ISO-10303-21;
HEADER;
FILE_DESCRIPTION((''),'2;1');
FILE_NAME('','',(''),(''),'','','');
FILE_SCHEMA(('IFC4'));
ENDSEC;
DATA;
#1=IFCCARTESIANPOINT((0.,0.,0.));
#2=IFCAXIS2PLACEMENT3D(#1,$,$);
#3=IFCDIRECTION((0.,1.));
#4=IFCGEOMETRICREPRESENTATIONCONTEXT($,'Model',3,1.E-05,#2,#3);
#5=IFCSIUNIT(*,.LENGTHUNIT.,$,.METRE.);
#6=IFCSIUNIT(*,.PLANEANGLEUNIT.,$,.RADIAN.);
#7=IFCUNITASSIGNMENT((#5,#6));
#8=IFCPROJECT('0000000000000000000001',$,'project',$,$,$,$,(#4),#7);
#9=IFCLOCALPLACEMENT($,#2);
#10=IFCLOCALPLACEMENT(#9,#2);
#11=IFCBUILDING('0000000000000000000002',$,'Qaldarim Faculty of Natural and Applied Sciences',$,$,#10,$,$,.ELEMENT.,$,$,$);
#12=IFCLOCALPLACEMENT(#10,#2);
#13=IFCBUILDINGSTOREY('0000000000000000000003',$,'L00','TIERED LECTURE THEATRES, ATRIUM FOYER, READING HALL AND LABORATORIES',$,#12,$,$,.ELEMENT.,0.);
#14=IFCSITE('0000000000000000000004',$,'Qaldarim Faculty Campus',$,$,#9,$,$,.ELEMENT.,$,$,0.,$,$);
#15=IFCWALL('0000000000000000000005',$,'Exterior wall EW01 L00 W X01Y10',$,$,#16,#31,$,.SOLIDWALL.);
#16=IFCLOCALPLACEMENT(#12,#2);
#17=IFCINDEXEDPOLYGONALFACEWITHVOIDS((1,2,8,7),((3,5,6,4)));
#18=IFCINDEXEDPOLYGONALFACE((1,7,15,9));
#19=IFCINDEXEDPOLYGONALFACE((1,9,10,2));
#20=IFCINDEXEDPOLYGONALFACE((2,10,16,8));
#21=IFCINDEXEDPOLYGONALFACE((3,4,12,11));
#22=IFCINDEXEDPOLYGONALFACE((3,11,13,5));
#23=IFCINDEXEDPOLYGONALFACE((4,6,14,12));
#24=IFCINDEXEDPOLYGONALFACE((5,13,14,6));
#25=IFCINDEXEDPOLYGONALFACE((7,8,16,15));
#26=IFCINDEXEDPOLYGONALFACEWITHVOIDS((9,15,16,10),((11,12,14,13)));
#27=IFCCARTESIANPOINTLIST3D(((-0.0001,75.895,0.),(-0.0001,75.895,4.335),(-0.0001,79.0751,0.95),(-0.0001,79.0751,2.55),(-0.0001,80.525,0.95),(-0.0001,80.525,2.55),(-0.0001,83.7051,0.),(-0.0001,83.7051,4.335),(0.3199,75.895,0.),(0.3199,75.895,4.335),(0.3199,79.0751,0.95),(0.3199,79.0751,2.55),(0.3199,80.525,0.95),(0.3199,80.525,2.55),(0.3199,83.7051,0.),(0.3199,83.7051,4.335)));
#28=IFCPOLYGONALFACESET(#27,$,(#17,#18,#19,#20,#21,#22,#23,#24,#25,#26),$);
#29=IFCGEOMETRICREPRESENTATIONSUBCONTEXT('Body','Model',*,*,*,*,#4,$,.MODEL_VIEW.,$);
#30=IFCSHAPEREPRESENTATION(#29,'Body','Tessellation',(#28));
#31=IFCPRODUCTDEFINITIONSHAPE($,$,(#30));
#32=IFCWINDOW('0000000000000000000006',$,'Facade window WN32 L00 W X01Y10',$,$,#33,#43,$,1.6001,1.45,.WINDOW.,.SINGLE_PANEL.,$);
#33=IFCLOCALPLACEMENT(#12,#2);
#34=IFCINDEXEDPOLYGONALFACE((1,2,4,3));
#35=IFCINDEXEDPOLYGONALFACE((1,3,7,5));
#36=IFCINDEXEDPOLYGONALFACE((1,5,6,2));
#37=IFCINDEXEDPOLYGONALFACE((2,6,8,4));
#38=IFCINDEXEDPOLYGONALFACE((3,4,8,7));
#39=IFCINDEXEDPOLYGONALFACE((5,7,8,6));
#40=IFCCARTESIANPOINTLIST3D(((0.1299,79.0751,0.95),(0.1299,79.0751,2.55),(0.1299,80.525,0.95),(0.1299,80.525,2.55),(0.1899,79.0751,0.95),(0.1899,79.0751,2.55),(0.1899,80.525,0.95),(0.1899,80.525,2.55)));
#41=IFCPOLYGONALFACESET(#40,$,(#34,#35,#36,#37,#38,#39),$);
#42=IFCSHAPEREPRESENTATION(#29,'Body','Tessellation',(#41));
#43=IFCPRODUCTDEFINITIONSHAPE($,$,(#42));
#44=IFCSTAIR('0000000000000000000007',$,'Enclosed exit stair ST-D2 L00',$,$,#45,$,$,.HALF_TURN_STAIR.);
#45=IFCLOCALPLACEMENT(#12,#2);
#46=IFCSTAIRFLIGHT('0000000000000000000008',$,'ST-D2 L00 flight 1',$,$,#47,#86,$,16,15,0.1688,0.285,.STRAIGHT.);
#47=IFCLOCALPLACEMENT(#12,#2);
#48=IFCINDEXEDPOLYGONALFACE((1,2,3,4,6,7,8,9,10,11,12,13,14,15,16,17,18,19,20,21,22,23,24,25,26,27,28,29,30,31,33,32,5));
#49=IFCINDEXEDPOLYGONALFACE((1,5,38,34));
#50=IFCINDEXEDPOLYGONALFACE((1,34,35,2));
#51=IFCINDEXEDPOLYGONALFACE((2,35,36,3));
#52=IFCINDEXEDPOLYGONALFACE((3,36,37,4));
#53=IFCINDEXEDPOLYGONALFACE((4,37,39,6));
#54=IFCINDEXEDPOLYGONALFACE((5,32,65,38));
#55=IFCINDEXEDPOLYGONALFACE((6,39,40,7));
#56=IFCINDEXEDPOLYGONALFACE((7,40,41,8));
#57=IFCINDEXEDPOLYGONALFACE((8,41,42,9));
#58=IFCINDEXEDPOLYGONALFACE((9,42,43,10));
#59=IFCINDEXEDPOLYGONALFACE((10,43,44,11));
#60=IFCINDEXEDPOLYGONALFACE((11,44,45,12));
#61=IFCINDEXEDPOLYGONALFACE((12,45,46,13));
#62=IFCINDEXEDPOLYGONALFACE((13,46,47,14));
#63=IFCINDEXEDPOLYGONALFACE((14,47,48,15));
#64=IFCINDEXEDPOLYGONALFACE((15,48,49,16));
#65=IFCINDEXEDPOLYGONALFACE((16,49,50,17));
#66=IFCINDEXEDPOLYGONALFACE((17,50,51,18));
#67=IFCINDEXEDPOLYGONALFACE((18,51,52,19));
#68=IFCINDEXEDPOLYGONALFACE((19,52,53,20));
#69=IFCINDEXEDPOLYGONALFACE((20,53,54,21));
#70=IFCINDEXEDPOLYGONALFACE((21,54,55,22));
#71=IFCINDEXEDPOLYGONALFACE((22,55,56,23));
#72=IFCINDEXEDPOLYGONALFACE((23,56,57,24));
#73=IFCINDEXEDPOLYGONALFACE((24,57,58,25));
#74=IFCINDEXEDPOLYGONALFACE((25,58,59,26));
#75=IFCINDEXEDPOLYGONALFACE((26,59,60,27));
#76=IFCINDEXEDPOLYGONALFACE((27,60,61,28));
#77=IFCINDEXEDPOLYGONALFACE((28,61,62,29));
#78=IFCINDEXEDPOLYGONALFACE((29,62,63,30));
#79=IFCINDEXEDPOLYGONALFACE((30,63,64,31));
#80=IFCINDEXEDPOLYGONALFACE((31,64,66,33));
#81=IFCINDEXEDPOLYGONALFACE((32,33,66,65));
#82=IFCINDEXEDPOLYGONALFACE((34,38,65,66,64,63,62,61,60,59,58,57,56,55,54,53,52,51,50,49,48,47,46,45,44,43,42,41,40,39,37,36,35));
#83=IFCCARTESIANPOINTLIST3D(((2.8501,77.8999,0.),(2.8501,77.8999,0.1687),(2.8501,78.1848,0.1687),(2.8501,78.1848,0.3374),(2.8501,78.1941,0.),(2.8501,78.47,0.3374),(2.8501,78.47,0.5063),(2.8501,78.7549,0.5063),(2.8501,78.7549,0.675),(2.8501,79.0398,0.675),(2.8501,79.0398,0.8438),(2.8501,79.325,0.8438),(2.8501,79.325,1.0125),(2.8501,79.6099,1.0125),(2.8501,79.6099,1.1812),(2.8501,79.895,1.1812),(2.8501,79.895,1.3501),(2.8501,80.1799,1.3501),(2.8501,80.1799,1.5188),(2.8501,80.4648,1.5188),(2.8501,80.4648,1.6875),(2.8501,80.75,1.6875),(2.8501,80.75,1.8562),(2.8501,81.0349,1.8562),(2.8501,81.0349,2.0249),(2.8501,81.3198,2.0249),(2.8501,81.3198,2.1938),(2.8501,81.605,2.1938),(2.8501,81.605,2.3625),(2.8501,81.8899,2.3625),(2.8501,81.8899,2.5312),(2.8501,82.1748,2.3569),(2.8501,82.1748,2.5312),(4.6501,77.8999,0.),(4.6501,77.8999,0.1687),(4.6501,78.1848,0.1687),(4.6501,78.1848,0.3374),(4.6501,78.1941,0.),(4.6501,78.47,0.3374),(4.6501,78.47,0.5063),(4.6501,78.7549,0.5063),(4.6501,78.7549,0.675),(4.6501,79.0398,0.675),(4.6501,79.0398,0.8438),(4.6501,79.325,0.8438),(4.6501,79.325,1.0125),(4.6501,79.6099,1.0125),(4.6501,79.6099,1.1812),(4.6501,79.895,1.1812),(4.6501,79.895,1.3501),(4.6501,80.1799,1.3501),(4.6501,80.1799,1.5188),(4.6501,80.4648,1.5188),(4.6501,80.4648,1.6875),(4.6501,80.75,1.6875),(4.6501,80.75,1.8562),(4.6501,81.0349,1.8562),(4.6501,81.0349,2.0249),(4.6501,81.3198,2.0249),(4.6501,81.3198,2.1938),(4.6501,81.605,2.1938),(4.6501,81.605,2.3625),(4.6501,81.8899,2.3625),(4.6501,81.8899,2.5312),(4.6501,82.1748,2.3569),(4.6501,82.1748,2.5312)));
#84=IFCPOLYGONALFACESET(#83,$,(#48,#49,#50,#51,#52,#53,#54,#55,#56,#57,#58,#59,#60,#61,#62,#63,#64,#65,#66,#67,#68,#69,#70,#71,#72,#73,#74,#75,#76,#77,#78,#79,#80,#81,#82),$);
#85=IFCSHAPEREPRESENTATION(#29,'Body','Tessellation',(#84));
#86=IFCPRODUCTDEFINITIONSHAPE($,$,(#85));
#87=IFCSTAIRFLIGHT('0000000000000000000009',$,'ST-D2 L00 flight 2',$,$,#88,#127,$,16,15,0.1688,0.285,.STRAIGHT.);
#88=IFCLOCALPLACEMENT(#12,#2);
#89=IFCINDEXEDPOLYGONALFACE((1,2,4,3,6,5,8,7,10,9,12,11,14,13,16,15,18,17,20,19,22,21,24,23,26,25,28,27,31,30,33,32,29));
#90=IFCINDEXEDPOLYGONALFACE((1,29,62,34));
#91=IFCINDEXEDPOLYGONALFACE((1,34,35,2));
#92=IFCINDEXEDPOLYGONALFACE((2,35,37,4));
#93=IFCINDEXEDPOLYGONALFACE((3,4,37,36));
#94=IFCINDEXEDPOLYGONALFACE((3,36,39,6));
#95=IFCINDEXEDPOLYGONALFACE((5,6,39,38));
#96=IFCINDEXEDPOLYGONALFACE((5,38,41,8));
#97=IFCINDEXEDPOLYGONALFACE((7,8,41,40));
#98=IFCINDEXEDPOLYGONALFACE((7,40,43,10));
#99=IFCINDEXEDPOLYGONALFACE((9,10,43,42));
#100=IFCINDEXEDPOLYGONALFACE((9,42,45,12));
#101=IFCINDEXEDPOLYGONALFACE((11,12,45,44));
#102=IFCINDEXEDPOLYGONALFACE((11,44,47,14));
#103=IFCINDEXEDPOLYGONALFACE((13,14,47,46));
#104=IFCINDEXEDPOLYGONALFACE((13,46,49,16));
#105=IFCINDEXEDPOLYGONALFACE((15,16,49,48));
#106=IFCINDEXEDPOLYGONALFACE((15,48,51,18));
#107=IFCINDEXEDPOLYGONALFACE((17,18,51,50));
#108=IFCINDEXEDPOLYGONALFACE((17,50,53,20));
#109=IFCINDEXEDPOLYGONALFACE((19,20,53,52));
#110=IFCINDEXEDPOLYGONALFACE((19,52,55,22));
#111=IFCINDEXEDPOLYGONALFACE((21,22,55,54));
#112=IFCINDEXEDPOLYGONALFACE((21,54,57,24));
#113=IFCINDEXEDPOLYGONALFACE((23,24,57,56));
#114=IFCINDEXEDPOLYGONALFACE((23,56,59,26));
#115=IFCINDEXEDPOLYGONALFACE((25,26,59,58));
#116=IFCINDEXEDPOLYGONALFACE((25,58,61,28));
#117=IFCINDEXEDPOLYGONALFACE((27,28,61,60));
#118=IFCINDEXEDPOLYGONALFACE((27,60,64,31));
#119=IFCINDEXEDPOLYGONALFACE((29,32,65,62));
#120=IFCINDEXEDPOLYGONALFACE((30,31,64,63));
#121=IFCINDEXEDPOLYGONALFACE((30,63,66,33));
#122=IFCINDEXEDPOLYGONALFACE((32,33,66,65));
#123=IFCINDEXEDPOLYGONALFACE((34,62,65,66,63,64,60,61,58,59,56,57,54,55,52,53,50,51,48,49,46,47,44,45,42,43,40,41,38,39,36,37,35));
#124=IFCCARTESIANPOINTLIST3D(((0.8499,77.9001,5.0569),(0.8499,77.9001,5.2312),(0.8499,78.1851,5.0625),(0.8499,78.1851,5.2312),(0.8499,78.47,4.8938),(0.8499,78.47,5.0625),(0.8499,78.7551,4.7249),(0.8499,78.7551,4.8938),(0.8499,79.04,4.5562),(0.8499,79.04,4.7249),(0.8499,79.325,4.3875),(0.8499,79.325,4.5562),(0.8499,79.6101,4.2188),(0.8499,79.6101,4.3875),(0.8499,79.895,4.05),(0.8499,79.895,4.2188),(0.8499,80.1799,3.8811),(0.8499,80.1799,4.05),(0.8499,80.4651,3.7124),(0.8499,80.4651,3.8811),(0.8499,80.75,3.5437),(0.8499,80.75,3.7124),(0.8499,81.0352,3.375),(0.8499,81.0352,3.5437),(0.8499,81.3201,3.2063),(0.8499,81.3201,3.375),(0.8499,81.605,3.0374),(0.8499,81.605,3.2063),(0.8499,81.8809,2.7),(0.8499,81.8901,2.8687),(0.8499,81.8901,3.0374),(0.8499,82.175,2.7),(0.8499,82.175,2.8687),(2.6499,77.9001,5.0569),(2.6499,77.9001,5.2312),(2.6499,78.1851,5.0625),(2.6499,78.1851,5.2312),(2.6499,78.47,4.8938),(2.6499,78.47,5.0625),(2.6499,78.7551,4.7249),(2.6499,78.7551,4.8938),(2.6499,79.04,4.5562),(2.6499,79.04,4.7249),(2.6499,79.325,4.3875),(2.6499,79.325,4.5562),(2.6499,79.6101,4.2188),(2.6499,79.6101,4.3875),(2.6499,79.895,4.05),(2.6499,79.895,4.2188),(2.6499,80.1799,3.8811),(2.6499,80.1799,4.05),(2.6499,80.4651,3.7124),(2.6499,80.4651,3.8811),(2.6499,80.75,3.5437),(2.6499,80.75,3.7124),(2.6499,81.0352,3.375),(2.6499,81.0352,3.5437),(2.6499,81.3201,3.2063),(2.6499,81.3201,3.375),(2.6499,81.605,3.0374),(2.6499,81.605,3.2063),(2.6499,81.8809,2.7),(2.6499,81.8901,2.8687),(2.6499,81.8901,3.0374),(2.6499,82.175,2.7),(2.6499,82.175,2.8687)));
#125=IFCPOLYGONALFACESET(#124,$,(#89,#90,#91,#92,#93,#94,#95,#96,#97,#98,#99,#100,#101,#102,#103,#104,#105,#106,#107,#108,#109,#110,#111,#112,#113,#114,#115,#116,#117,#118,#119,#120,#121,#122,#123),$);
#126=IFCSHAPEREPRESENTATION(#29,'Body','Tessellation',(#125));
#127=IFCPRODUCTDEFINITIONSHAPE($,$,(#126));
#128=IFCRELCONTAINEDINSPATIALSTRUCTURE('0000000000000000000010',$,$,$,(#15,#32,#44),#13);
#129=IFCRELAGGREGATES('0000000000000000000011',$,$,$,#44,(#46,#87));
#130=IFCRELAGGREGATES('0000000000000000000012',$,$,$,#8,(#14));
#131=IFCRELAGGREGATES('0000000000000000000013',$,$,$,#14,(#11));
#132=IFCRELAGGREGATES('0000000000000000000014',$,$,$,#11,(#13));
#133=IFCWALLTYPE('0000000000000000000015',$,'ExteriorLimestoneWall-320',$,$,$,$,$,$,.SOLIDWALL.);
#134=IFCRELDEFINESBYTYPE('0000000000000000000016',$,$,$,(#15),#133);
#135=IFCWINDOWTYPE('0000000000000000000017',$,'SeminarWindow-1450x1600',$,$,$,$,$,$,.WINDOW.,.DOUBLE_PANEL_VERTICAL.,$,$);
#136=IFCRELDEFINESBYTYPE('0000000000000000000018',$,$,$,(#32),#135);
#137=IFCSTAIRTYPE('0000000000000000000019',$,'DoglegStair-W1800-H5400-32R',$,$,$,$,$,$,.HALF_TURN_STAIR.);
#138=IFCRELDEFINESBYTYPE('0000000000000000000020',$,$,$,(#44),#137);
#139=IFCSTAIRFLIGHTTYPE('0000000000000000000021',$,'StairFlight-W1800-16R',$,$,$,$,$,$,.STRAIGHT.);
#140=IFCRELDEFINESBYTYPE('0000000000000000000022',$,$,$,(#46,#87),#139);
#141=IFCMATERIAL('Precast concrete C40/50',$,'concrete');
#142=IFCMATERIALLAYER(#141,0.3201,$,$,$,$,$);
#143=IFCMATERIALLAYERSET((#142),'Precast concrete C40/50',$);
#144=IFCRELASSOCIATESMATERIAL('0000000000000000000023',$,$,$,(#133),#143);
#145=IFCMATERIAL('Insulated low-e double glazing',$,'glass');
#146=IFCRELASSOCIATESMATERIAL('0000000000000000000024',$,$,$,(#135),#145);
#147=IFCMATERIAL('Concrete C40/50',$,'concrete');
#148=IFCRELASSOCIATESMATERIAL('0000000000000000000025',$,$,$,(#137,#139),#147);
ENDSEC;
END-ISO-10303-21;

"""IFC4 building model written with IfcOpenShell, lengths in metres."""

from ifc_helpers import new_model, si_unit, direction, frame, frame_2d, origin, place, context, subcontext, project, spatial, polyline, rectangle, outline, extrude, material, layer, layer_set, type_object, element, fill, aggregate, save


model = new_model("IFC4")

# Units and contexts
model_context = context("Model", 3, precision=1e-05, world=origin(), true_north=direction((0.0, 1.0)))
body_context = subcontext(model_context, "Body", "Model", "MODEL_VIEW")
ifc_project = project(units=[si_unit("LENGTHUNIT", "METRE"), si_unit("PLANEANGLEUNIT", "RADIAN")], contexts=[model_context])

# Site, building, storey
site_placement = place(None, origin())
site = spatial("IfcSite", under=ifc_project, at=site_placement, Name="Qaldarim Faculty Campus", CompositionType="ELEMENT", RefElevation=0.0)
building_placement = place(site_placement, origin())
building = spatial("IfcBuilding", under=site, at=building_placement, Name="Qaldarim Faculty of Natural and Applied Sciences", CompositionType="ELEMENT")
storey_placement = place(building_placement, origin())
storey = spatial("IfcBuildingStorey", under=building, at=storey_placement, Name="L00", Description="TIERED LECTURE THEATRES, ATRIUM FOYER, READING HALL AND LABORATORIES", CompositionType="ELEMENT", Elevation=0.0)

# Shared definitions
ifc_material_1 = material(Name="Concrete C40/50", Category="concrete")

# Shared definitions
ifc_material_2 = material(Name="Insulated low-e double glazing", Category="glass")

# Wall, opening, window
ifc_material_3 = material(Name="Precast concrete C40/50", Category="concrete")
ifc_layer_1 = layer(ifc_material_3, 0.3201)
ifc_layer_set_1 = layer_set([ifc_layer_1], Name="Precast concrete C40/50")
wall_type_1 = type_object("IfcWallType", Name="ExteriorLimestoneWall-320", PredefinedType="SOLIDWALL", material=ifc_layer_set_1)
wall_1_placement = place(storey_placement, frame((0.1599, 83.7051, 0.0), z_axis=(0.0, 0.0, 1.0), x_axis=(0.0, -1.0, 0.0)))
wall_1 = element("IfcWall", 1, at=wall_1_placement, inside=storey, type_object=wall_type_1, Name="Exterior wall EW01 L00 W X01Y10", PredefinedType="SOLIDWALL", context=body_context, shape_type="SweptSolid", body=[
    extrude(rectangle(XDim=7.8101, YDim=0.3201, at=frame_2d((3.905, 0.0))), origin(), (0.0, 0.0, 1.0), 4.335),
])
opening_placement = place(wall_1_placement, frame((3.1799, 0.0, 0.95)))
opening = element("IfcOpeningElement", 2, at=opening_placement, cuts=wall_1, PredefinedType="OPENING", context=body_context, shape_type="SweptSolid", body=[
    extrude(rectangle(XDim=1.45, YDim=1.6001, at=frame_2d((0.7251, 0.8))), frame((0.0, 0.1699, 0.0), z_axis=(0.0, -1.0, 0.0), x_axis=(1.0, 0.0, 0.0)), (0.0, 0.0, 1.0), 0.3401),
])
window_type = type_object("IfcWindowType", Name="SeminarWindow-1450x1600", PartitioningType="DOUBLE_PANEL_VERTICAL", PredefinedType="WINDOW", material=ifc_material_2)
window_placement = place(opening_placement, origin())
window = element("IfcWindow", 3, at=window_placement, inside=storey, type_object=window_type, Name="Facade window WN32 L00 W X01Y10", OverallHeight=1.6001, OverallWidth=1.45, PartitioningType="SINGLE_PANEL", PredefinedType="WINDOW", context=body_context, shape_type="SweptSolid", body=[
    extrude(rectangle(XDim=1.45, YDim=1.6001, at=frame_2d((0.7251, 0.8))), frame((0.0, 0.03, 0.0), z_axis=(0.0, -1.0, 0.0), x_axis=(1.0, 0.0, 0.0)), (0.0, 0.0, 1.0), 0.0601),
])
fill(opening, window)

# Stair, stair flights
stair_type = type_object("IfcStairType", Name="DoglegStair-W1800-H5400-32R", PredefinedType="HALF_TURN_STAIR", material=ifc_material_1)
stair_placement = place(storey_placement, origin())
stair = element("IfcStair", 4, at=stair_placement, inside=storey, type_object=stair_type, Name="Enclosed exit stair ST-D2 L00", PredefinedType="HALF_TURN_STAIR")
stair_flight_type = type_object("IfcStairFlightType", Name="StairFlight-W1800-16R", PredefinedType="STRAIGHT", material=ifc_material_1)
stair_flight_1_placement = place(storey_placement, frame((3.75, 77.8999, 0.0), z_axis=(0.0, 0.0, 1.0), x_axis=(0.0, 1.0, 0.0)))
stair_flight_1 = element("IfcStairFlight", 5, at=stair_flight_1_placement, type_object=stair_flight_type, Name="ST-D2 L00 flight 1", NumberOfRisers=16, NumberOfTreads=15, PredefinedType="STRAIGHT", RiserHeight=0.1688, TreadLength=0.285, context=body_context, shape_type="SweptSolid", body=[
    extrude(outline(polyline([(0.0, 0.0), (0.0, 0.1687), (0.2849, 0.1687), (0.2849, 0.3374), (0.5701, 0.3374), (0.5701, 0.5063), (0.855, 0.5063), (0.855, 0.675), (1.1399, 0.675), (1.1399, 0.8438), (1.425, 0.8438), (1.425, 1.0125), (1.71, 1.0125), (1.71, 1.1812), (1.9951, 1.1812), (1.9951, 1.3501), (2.28, 1.3501), (2.28, 1.5188), (2.5649, 1.5188), (2.5649, 1.6875), (2.8501, 1.6875), (2.8501, 1.8562), (3.135, 1.8562), (3.135, 2.0249), (3.4199, 2.0249), (3.4199, 2.1938), (3.7051, 2.1938), (3.7051, 2.3625), (3.99, 2.3625), (3.99, 2.5312), (4.2749, 2.5312), (4.2749, 2.7), (4.2749, 2.3569), (0.2942, 0.0), (0.0, 0.0)])), frame((0.0, 0.8999, 0.0), z_axis=(0.0, -1.0, 0.0), x_axis=(1.0, 0.0, 0.0)), (0.0, 0.0, 1.0), 1.8),
])
stair_flight_2_placement = place(storey_placement, frame((1.75, 82.175, 2.7), z_axis=(0.0, 0.0, 1.0), x_axis=(0.0, -1.0, 0.0)))
stair_flight_2 = element("IfcStairFlight", 6, at=stair_flight_2_placement, type_object=stair_flight_type, Name="ST-D2 L00 flight 2", NumberOfRisers=16, NumberOfTreads=15, PredefinedType="STRAIGHT", RiserHeight=0.1688, TreadLength=0.285, context=body_context, shape_type="SweptSolid", body=[
    extrude(outline(polyline([(0.0, 0.0), (0.0, 0.1687), (0.2849, 0.1687), (0.2849, 0.3374), (0.5701, 0.3374), (0.5701, 0.5063), (0.855, 0.5063), (0.855, 0.675), (1.1399, 0.675), (1.1399, 0.8438), (1.425, 0.8438), (1.425, 1.0125), (1.71, 1.0125), (1.71, 1.1812), (1.9951, 1.1812), (1.9951, 1.3501), (2.28, 1.3501), (2.28, 1.5188), (2.5649, 1.5188), (2.5649, 1.6875), (2.8501, 1.6875), (2.8501, 1.8562), (3.135, 1.8562), (3.135, 2.0249), (3.4199, 2.0249), (3.4199, 2.1938), (3.7051, 2.1938), (3.7051, 2.3625), (3.99, 2.3625), (3.99, 2.5312), (4.2749, 2.5312), (4.2749, 2.7), (4.2749, 2.3569), (0.2942, 0.0), (0.0, 0.0)])), frame((0.0, 0.8999, 0.0), z_axis=(0.0, -1.0, 0.0), x_axis=(1.0, 0.0, 0.0)), (0.0, 0.0, 1.0), 1.8),
])
aggregate(stair, [stair_flight_1, stair_flight_2])

save(model, "model.ifc")
